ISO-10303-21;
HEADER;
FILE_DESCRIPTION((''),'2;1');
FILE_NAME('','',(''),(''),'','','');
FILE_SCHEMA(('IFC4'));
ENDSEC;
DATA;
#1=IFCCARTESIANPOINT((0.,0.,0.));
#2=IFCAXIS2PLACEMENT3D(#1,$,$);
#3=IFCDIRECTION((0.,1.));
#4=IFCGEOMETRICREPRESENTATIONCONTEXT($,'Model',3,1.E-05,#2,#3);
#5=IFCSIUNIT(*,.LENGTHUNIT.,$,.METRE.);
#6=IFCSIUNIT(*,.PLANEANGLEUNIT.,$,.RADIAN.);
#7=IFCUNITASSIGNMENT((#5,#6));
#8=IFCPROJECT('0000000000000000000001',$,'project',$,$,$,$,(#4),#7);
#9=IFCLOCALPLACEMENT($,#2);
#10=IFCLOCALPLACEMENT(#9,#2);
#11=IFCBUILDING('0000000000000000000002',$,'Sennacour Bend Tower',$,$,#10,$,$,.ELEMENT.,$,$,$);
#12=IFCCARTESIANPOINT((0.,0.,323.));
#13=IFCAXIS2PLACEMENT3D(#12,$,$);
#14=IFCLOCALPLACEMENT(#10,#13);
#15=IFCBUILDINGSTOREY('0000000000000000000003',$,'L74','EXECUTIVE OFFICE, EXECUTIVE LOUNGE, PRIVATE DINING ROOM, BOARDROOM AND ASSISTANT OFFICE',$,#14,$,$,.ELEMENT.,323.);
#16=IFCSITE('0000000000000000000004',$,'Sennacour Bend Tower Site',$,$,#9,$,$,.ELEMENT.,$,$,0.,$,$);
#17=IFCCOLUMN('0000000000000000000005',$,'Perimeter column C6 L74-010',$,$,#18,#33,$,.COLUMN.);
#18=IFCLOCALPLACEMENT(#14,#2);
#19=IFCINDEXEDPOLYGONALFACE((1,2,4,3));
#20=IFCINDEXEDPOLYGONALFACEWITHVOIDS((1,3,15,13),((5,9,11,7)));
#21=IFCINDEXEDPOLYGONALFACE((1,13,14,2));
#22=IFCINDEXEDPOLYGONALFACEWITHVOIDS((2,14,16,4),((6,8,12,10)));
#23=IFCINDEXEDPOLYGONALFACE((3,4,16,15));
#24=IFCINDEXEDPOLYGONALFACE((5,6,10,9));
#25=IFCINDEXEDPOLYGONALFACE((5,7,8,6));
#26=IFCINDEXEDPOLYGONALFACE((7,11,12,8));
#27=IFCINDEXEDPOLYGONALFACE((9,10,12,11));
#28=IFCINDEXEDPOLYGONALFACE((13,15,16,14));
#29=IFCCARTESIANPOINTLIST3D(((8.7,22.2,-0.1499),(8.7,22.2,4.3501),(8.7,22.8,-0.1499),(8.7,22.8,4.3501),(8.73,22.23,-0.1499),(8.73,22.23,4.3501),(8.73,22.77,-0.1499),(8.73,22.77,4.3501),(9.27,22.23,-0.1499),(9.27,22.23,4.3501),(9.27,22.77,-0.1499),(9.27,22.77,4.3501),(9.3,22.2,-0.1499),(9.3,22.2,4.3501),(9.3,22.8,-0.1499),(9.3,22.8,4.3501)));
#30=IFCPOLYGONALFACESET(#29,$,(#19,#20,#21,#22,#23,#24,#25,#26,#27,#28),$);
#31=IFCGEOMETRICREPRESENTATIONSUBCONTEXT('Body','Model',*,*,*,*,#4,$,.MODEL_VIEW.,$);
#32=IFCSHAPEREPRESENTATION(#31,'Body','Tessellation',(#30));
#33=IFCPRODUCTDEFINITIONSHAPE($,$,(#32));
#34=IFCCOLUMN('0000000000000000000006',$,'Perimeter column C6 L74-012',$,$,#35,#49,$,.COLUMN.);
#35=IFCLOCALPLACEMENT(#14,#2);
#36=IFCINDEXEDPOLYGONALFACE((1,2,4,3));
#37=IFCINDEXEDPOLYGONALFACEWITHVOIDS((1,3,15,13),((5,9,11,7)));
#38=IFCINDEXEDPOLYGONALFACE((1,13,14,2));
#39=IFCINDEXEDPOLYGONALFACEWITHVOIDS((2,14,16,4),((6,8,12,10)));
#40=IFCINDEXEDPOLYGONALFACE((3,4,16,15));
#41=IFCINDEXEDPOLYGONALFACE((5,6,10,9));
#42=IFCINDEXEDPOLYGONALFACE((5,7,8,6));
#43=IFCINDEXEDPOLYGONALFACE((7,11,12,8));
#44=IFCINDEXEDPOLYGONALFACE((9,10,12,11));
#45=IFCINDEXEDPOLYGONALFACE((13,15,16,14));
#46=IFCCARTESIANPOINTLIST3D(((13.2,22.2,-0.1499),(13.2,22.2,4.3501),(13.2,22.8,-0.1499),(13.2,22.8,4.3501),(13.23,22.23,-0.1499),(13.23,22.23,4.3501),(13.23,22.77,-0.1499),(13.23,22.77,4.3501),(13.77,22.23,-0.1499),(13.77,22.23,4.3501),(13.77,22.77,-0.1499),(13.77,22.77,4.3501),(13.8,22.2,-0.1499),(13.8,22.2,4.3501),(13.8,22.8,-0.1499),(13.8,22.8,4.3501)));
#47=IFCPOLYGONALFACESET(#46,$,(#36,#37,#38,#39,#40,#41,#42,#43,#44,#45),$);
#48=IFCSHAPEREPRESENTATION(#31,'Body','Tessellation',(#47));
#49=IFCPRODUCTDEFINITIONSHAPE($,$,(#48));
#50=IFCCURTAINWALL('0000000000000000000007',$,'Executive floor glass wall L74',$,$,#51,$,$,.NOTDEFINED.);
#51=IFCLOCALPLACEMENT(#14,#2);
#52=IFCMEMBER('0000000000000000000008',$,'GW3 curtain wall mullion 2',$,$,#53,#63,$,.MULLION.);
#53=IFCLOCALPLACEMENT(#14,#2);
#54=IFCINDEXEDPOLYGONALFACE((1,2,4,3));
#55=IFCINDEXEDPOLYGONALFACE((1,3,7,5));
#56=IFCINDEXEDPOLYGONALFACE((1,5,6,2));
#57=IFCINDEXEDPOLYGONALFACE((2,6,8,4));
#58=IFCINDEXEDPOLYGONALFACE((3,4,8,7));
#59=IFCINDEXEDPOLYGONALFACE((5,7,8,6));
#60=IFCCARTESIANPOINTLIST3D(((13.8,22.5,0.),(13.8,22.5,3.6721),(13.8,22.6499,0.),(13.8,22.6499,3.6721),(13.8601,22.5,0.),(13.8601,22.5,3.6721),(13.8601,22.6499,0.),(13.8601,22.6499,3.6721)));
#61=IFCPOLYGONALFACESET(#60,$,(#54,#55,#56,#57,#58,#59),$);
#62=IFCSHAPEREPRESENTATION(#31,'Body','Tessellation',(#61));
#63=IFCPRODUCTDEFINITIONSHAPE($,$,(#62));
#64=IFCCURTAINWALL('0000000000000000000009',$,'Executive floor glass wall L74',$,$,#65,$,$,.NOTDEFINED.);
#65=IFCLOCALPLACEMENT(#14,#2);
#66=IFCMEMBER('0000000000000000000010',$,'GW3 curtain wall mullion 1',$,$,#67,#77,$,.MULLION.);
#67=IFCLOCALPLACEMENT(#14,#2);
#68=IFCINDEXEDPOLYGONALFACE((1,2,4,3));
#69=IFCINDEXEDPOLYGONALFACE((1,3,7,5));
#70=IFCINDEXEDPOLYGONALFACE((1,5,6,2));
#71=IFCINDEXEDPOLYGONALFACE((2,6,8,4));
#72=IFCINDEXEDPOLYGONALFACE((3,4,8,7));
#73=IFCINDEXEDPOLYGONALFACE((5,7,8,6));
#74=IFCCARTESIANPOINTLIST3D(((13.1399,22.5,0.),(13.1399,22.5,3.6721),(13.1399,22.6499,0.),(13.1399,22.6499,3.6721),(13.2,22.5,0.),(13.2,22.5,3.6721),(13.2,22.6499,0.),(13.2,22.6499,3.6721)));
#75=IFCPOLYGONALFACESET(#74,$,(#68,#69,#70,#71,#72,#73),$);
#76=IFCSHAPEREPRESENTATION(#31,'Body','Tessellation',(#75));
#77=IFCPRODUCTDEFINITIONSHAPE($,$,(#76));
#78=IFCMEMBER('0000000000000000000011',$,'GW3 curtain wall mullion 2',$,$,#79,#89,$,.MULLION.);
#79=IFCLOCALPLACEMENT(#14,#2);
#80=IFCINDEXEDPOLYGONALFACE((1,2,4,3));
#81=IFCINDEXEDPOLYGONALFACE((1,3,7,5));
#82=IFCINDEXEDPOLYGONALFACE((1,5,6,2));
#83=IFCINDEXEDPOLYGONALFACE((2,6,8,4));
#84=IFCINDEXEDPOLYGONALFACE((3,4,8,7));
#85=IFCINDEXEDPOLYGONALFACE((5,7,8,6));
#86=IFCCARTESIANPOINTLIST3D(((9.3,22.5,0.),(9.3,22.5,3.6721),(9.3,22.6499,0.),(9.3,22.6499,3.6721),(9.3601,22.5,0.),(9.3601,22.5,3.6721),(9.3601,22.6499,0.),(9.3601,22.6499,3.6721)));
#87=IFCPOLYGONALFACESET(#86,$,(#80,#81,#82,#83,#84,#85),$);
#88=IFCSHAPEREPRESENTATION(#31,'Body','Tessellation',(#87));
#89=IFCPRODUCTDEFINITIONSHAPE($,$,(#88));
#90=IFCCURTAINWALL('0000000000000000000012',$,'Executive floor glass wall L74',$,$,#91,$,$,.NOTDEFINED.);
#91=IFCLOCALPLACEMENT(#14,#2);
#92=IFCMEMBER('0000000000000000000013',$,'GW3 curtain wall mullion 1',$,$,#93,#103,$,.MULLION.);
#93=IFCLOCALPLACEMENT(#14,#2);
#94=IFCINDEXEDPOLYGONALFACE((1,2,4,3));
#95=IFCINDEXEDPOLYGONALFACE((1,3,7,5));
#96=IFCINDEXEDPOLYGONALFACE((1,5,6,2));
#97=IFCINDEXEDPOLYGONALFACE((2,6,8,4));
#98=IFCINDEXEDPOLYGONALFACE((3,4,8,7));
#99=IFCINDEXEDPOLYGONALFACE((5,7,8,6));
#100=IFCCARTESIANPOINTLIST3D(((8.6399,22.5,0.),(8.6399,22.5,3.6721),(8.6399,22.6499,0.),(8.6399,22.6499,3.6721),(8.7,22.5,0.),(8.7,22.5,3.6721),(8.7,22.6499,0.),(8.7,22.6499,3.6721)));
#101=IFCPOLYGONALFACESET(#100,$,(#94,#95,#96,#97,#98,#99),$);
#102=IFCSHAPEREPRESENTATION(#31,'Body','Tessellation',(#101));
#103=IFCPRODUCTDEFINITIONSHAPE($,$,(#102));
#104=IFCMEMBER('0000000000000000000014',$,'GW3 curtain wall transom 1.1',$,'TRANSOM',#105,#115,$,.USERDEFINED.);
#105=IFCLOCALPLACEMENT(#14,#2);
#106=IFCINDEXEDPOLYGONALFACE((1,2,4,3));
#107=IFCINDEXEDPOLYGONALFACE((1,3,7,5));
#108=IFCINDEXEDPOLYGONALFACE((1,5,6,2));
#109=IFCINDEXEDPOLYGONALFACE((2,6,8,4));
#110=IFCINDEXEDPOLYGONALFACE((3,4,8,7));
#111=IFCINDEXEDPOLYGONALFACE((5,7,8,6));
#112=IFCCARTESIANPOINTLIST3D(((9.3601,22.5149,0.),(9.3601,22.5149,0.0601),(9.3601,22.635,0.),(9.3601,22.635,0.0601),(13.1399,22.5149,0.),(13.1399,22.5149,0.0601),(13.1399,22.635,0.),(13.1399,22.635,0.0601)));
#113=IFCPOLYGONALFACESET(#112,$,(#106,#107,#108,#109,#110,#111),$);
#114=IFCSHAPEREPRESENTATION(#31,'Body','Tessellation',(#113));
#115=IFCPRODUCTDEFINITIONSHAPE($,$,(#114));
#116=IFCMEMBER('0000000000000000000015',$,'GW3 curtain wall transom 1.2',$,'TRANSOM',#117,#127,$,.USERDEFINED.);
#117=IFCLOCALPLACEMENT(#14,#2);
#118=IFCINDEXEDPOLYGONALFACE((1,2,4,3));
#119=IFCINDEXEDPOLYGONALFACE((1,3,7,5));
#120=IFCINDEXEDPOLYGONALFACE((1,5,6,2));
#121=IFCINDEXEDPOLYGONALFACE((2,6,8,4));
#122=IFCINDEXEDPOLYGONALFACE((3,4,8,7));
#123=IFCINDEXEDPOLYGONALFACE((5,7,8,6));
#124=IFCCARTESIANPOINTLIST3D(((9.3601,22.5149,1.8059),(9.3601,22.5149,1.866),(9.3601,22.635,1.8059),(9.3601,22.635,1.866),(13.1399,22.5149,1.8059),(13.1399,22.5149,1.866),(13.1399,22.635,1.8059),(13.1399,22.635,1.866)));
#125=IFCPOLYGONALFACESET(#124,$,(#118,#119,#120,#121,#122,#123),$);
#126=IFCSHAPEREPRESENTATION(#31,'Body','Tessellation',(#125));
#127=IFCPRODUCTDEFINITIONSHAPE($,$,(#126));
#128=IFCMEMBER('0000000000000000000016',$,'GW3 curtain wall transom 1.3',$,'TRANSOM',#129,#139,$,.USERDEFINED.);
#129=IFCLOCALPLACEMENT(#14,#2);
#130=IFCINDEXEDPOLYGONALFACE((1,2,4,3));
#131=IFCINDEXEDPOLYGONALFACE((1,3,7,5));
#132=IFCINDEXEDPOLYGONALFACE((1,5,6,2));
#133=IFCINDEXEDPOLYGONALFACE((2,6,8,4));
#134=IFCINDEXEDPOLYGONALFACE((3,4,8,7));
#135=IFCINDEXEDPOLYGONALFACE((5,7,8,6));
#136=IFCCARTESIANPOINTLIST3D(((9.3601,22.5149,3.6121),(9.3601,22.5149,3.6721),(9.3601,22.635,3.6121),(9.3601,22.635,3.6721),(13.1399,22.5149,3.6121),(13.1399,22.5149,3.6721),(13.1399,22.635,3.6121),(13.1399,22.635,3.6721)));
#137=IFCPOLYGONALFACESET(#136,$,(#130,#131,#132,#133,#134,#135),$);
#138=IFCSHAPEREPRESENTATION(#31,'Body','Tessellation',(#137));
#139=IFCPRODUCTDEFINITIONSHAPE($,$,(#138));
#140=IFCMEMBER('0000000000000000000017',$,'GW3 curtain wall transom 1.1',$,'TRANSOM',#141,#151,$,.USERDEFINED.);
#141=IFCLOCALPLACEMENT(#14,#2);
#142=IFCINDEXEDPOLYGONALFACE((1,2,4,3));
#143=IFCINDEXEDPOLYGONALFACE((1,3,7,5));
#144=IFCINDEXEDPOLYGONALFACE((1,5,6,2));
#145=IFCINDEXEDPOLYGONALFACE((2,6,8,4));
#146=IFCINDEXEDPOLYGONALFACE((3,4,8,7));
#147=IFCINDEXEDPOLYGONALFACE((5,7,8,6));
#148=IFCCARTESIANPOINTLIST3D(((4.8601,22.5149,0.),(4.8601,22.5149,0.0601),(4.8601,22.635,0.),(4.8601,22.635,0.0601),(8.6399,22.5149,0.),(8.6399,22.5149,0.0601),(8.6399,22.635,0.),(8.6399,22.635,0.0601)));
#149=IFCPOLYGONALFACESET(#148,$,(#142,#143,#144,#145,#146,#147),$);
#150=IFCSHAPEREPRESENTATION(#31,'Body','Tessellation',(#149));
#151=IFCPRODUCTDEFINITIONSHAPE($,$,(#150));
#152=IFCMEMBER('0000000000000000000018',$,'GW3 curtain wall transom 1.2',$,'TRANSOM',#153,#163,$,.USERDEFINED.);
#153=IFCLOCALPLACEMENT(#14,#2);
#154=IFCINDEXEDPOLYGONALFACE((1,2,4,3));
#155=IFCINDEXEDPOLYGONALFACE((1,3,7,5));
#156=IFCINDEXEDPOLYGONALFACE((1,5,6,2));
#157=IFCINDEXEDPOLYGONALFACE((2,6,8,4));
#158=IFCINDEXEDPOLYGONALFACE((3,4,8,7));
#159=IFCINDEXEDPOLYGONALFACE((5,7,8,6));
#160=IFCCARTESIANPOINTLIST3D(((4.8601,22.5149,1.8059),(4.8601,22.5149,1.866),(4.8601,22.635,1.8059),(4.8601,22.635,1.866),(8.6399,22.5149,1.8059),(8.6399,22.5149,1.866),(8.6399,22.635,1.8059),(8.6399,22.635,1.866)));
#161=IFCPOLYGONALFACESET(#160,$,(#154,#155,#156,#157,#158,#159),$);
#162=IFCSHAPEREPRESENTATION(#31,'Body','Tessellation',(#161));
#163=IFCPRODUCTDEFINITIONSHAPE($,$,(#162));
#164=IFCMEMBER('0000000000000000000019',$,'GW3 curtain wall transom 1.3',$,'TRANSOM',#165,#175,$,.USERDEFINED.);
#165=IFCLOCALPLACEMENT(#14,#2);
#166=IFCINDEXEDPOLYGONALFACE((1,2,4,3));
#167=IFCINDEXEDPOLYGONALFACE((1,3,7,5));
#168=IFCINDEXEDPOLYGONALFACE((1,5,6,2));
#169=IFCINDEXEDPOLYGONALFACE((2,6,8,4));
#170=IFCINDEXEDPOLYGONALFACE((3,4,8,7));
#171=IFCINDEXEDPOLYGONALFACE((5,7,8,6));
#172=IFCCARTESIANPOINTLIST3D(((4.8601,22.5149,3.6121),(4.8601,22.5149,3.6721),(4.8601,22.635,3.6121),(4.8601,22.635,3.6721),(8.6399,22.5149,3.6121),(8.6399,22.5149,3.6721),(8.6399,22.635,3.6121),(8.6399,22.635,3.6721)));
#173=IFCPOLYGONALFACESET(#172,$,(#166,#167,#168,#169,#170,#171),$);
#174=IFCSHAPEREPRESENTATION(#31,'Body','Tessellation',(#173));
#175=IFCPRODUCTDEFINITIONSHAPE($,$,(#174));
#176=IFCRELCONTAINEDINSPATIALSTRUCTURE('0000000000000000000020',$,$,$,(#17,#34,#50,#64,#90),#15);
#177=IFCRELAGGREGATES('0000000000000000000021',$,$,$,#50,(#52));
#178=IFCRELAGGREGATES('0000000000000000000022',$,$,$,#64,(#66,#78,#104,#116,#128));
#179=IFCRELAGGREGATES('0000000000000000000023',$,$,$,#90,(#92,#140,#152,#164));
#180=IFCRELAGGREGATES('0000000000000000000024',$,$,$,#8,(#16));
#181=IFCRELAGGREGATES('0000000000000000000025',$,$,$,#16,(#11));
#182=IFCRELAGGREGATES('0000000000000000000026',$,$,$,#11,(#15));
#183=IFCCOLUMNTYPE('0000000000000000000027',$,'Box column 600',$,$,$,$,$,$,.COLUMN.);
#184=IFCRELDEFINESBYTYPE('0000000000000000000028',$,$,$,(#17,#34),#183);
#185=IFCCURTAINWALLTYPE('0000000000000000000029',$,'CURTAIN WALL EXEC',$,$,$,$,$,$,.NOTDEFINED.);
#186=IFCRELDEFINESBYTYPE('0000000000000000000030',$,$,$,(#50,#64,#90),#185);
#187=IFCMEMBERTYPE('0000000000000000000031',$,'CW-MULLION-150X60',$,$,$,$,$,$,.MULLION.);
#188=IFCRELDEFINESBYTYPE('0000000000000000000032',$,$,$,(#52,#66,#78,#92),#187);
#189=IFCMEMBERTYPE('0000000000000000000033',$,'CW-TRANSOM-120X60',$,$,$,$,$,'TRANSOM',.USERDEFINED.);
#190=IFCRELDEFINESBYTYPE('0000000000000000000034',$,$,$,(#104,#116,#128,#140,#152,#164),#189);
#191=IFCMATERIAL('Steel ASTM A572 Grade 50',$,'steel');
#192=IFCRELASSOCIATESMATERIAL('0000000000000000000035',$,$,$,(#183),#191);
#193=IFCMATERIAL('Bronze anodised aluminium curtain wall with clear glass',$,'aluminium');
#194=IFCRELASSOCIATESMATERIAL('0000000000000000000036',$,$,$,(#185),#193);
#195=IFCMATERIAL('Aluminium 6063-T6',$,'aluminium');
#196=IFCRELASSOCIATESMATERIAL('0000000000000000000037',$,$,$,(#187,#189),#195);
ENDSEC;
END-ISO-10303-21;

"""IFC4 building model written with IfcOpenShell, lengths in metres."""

from ifc_helpers import new_model, si_unit, direction, frame, origin, origin_2d, place, context, subcontext, project, spatial, rectangle, hollow_rectangle, extrude, material, material_profile, profile_set, type_object, element, aggregate, save


model = new_model("IFC4")

# Units and contexts
model_context = context("Model", 3, precision=1e-05, world=origin(), true_north=direction((0.0, 1.0)))
body_context = subcontext(model_context, "Body", "Model", "MODEL_VIEW")
ifc_project = project(units=[si_unit("LENGTHUNIT", "METRE"), si_unit("PLANEANGLEUNIT", "RADIAN")], contexts=[model_context])

# Site, building, storey
site_placement = place(None, origin())
site = spatial("IfcSite", under=ifc_project, at=site_placement, Name="Sennacour Bend Tower Site", CompositionType="ELEMENT", RefElevation=0.0)
building_placement = place(site_placement, origin())
building = spatial("IfcBuilding", under=site, at=building_placement, Name="Sennacour Bend Tower", CompositionType="ELEMENT")
storey_placement = place(building_placement, frame((0.0, 0.0, 323.0)))
storey = spatial("IfcBuildingStorey", under=building, at=storey_placement, Name="L74", Description="EXECUTIVE OFFICE, EXECUTIVE LOUNGE, PRIVATE DINING ROOM, BOARDROOM AND ASSISTANT OFFICE", CompositionType="ELEMENT", Elevation=323.0)

# Columns
ifc_material_1 = material(Name="Steel ASTM A572 Grade 50", Category="steel")
ifc_material_profile_1 = material_profile(ifc_material_1, hollow_rectangle(XDim=0.6001, YDim=0.6001, WallThickness=0.03, at=origin_2d()), Name="Steel ASTM A572 Grade 50", Category="steel")
ifc_profile_set_1 = profile_set([ifc_material_profile_1], Name="Steel ASTM A572 Grade 50")
column_type = type_object("IfcColumnType", Name="Box column 600", PredefinedType="COLUMN", material=ifc_profile_set_1)
for number, where, z_axis, x_axis, name in (
    (1, (9.0, 22.5, -0.1499), (0.0, 0.0, 1.0), (1.0, 0.0, 0.0), "Perimeter column C6 L74-010"),
    (2, (13.5, 22.5, -0.1499), (0.0, 0.0, 1.0), (1.0, 0.0, 0.0), "Perimeter column C6 L74-012"),
):
    element("IfcColumn", number, at=place(storey_placement, frame(where, z_axis=z_axis, x_axis=x_axis)), inside=storey, type_object=column_type, Name=name, PredefinedType="COLUMN", context=body_context, shape_type="SweptSolid", body=[
        extrude(hollow_rectangle(XDim=0.6001, YDim=0.6001, WallThickness=0.03, at=origin_2d()), origin(), (0.0, 0.0, 1.0), 4.5),
    ])

# Curtain wall, member
ifc_material_2 = material(Name="Bronze anodised aluminium curtain wall with clear glass", Category="aluminium")
curtain_wall_type = type_object("IfcCurtainWallType", Name="CURTAIN WALL EXEC", PredefinedType="NOTDEFINED", material=ifc_material_2)
curtain_wall_1_placement = place(storey_placement, origin())
curtain_wall_1 = element("IfcCurtainWall", 3, at=curtain_wall_1_placement, inside=storey, type_object=curtain_wall_type, Name="Executive floor glass wall L74", PredefinedType="NOTDEFINED")
ifc_material_3 = material(Name="Aluminium 6063-T6", Category="aluminium")
ifc_material_profile_2 = material_profile(ifc_material_3, rectangle(XDim=0.1499, YDim=0.0601, at=origin_2d()), Name="Aluminium 6063-T6", Category="aluminium")
ifc_profile_set_2 = profile_set([ifc_material_profile_2], Name="Aluminium 6063-T6")
member_type_1 = type_object("IfcMemberType", Name="CW-MULLION-150X60", PredefinedType="MULLION", material=ifc_profile_set_2)
member_1_placement = place(storey_placement, frame((13.8301, 22.575, 0.0), z_axis=(0.0, 0.0, 1.0), x_axis=(0.0, -1.0, 0.0)))
member_1 = element("IfcMember", 4, at=member_1_placement, type_object=member_type_1, Name="GW3 curtain wall mullion 2", PredefinedType="MULLION", context=body_context, shape_type="SweptSolid", body=[
    extrude(rectangle(XDim=0.1499, YDim=0.0601, at=origin_2d()), origin(), (0.0, 0.0, 1.0), 3.6721),
])

# Curtain wall, members
curtain_wall_2_placement = place(storey_placement, origin())
curtain_wall_2 = element("IfcCurtainWall", 5, at=curtain_wall_2_placement, inside=storey, type_object=curtain_wall_type, Name="Executive floor glass wall L74", PredefinedType="NOTDEFINED")
member_2_placement = place(storey_placement, frame((13.1699, 22.575, 0.0), z_axis=(0.0, 0.0, 1.0), x_axis=(0.0, -1.0, 0.0)))
member_2 = element("IfcMember", 6, at=member_2_placement, type_object=member_type_1, Name="GW3 curtain wall mullion 1", PredefinedType="MULLION", context=body_context, shape_type="SweptSolid", body=[
    extrude(rectangle(XDim=0.1499, YDim=0.0601, at=origin_2d()), origin(), (0.0, 0.0, 1.0), 3.6721),
])
member_3_placement = place(storey_placement, frame((9.3301, 22.575, 0.0), z_axis=(0.0, 0.0, 1.0), x_axis=(0.0, -1.0, 0.0)))
member_3 = element("IfcMember", 7, at=member_3_placement, type_object=member_type_1, Name="GW3 curtain wall mullion 2", PredefinedType="MULLION", context=body_context, shape_type="SweptSolid", body=[
    extrude(rectangle(XDim=0.1499, YDim=0.0601, at=origin_2d()), origin(), (0.0, 0.0, 1.0), 3.6721),
])

# Curtain wall, member
curtain_wall_3_placement = place(storey_placement, origin())
curtain_wall_3 = element("IfcCurtainWall", 8, at=curtain_wall_3_placement, inside=storey, type_object=curtain_wall_type, Name="Executive floor glass wall L74", PredefinedType="NOTDEFINED")
member_4_placement = place(storey_placement, frame((8.6699, 22.575, 0.0), z_axis=(0.0, 0.0, 1.0), x_axis=(0.0, -1.0, 0.0)))
member_4 = element("IfcMember", 9, at=member_4_placement, type_object=member_type_1, Name="GW3 curtain wall mullion 1", PredefinedType="MULLION", context=body_context, shape_type="SweptSolid", body=[
    extrude(rectangle(XDim=0.1499, YDim=0.0601, at=origin_2d()), origin(), (0.0, 0.0, 1.0), 3.6721),
])

# Members
ifc_material_profile_3 = material_profile(ifc_material_3, rectangle(XDim=0.1201, YDim=0.0601, at=origin_2d()), Name="Aluminium 6063-T6", Category="aluminium")
ifc_profile_set_3 = profile_set([ifc_material_profile_3], Name="Aluminium 6063-T6")
member_type_2 = type_object("IfcMemberType", Name="CW-TRANSOM-120X60", ElementType="TRANSOM", PredefinedType="USERDEFINED", material=ifc_profile_set_3)
member_5_placement = place(storey_placement, frame((13.1399, 22.575, 0.03), z_axis=(-1.0, 0.0, 0.0), x_axis=(0.0, -1.0, 0.0)))
member_5 = element("IfcMember", 10, at=member_5_placement, type_object=member_type_2, Name="GW3 curtain wall transom 1.1", ObjectType="TRANSOM", PredefinedType="USERDEFINED", context=body_context, shape_type="SweptSolid", body=[
    extrude(rectangle(XDim=0.1201, YDim=0.0601, at=origin_2d()), origin(), (0.0, 0.0, 1.0), 3.7798),
])
member_6_placement = place(storey_placement, frame((13.1399, 22.575, 1.8359), z_axis=(-1.0, 0.0, 0.0), x_axis=(0.0, -1.0, 0.0)))
member_6 = element("IfcMember", 11, at=member_6_placement, type_object=member_type_2, Name="GW3 curtain wall transom 1.2", ObjectType="TRANSOM", PredefinedType="USERDEFINED", context=body_context, shape_type="SweptSolid", body=[
    extrude(rectangle(XDim=0.1201, YDim=0.0601, at=origin_2d()), origin(), (0.0, 0.0, 1.0), 3.7798),
])
member_7_placement = place(storey_placement, frame((13.1399, 22.575, 3.6421), z_axis=(-1.0, 0.0, 0.0), x_axis=(0.0, -1.0, 0.0)))
member_7 = element("IfcMember", 12, at=member_7_placement, type_object=member_type_2, Name="GW3 curtain wall transom 1.3", ObjectType="TRANSOM", PredefinedType="USERDEFINED", context=body_context, shape_type="SweptSolid", body=[
    extrude(rectangle(XDim=0.1201, YDim=0.0601, at=origin_2d()), origin(), (0.0, 0.0, 1.0), 3.7798),
])
member_8_placement = place(storey_placement, frame((8.6399, 22.575, 0.03), z_axis=(-1.0, 0.0, 0.0), x_axis=(0.0, -1.0, 0.0)))
member_8 = element("IfcMember", 13, at=member_8_placement, type_object=member_type_2, Name="GW3 curtain wall transom 1.1", ObjectType="TRANSOM", PredefinedType="USERDEFINED", context=body_context, shape_type="SweptSolid", body=[
    extrude(rectangle(XDim=0.1201, YDim=0.0601, at=origin_2d()), origin(), (0.0, 0.0, 1.0), 3.7798),
])
member_9_placement = place(storey_placement, frame((8.6399, 22.575, 1.8359), z_axis=(-1.0, 0.0, 0.0), x_axis=(0.0, -1.0, 0.0)))
member_9 = element("IfcMember", 14, at=member_9_placement, type_object=member_type_2, Name="GW3 curtain wall transom 1.2", ObjectType="TRANSOM", PredefinedType="USERDEFINED", context=body_context, shape_type="SweptSolid", body=[
    extrude(rectangle(XDim=0.1201, YDim=0.0601, at=origin_2d()), origin(), (0.0, 0.0, 1.0), 3.7798),
])
member_10_placement = place(storey_placement, frame((8.6399, 22.575, 3.6421), z_axis=(-1.0, 0.0, 0.0), x_axis=(0.0, -1.0, 0.0)))
member_10 = element("IfcMember", 15, at=member_10_placement, type_object=member_type_2, Name="GW3 curtain wall transom 1.3", ObjectType="TRANSOM", PredefinedType="USERDEFINED", context=body_context, shape_type="SweptSolid", body=[
    extrude(rectangle(XDim=0.1201, YDim=0.0601, at=origin_2d()), origin(), (0.0, 0.0, 1.0), 3.7798),
])

aggregate(curtain_wall_1, [member_1])
aggregate(curtain_wall_2, [member_2, member_3, member_5, member_6, member_7])
aggregate(curtain_wall_3, [member_4, member_8, member_9, member_10])

save(model, "model.ifc")
